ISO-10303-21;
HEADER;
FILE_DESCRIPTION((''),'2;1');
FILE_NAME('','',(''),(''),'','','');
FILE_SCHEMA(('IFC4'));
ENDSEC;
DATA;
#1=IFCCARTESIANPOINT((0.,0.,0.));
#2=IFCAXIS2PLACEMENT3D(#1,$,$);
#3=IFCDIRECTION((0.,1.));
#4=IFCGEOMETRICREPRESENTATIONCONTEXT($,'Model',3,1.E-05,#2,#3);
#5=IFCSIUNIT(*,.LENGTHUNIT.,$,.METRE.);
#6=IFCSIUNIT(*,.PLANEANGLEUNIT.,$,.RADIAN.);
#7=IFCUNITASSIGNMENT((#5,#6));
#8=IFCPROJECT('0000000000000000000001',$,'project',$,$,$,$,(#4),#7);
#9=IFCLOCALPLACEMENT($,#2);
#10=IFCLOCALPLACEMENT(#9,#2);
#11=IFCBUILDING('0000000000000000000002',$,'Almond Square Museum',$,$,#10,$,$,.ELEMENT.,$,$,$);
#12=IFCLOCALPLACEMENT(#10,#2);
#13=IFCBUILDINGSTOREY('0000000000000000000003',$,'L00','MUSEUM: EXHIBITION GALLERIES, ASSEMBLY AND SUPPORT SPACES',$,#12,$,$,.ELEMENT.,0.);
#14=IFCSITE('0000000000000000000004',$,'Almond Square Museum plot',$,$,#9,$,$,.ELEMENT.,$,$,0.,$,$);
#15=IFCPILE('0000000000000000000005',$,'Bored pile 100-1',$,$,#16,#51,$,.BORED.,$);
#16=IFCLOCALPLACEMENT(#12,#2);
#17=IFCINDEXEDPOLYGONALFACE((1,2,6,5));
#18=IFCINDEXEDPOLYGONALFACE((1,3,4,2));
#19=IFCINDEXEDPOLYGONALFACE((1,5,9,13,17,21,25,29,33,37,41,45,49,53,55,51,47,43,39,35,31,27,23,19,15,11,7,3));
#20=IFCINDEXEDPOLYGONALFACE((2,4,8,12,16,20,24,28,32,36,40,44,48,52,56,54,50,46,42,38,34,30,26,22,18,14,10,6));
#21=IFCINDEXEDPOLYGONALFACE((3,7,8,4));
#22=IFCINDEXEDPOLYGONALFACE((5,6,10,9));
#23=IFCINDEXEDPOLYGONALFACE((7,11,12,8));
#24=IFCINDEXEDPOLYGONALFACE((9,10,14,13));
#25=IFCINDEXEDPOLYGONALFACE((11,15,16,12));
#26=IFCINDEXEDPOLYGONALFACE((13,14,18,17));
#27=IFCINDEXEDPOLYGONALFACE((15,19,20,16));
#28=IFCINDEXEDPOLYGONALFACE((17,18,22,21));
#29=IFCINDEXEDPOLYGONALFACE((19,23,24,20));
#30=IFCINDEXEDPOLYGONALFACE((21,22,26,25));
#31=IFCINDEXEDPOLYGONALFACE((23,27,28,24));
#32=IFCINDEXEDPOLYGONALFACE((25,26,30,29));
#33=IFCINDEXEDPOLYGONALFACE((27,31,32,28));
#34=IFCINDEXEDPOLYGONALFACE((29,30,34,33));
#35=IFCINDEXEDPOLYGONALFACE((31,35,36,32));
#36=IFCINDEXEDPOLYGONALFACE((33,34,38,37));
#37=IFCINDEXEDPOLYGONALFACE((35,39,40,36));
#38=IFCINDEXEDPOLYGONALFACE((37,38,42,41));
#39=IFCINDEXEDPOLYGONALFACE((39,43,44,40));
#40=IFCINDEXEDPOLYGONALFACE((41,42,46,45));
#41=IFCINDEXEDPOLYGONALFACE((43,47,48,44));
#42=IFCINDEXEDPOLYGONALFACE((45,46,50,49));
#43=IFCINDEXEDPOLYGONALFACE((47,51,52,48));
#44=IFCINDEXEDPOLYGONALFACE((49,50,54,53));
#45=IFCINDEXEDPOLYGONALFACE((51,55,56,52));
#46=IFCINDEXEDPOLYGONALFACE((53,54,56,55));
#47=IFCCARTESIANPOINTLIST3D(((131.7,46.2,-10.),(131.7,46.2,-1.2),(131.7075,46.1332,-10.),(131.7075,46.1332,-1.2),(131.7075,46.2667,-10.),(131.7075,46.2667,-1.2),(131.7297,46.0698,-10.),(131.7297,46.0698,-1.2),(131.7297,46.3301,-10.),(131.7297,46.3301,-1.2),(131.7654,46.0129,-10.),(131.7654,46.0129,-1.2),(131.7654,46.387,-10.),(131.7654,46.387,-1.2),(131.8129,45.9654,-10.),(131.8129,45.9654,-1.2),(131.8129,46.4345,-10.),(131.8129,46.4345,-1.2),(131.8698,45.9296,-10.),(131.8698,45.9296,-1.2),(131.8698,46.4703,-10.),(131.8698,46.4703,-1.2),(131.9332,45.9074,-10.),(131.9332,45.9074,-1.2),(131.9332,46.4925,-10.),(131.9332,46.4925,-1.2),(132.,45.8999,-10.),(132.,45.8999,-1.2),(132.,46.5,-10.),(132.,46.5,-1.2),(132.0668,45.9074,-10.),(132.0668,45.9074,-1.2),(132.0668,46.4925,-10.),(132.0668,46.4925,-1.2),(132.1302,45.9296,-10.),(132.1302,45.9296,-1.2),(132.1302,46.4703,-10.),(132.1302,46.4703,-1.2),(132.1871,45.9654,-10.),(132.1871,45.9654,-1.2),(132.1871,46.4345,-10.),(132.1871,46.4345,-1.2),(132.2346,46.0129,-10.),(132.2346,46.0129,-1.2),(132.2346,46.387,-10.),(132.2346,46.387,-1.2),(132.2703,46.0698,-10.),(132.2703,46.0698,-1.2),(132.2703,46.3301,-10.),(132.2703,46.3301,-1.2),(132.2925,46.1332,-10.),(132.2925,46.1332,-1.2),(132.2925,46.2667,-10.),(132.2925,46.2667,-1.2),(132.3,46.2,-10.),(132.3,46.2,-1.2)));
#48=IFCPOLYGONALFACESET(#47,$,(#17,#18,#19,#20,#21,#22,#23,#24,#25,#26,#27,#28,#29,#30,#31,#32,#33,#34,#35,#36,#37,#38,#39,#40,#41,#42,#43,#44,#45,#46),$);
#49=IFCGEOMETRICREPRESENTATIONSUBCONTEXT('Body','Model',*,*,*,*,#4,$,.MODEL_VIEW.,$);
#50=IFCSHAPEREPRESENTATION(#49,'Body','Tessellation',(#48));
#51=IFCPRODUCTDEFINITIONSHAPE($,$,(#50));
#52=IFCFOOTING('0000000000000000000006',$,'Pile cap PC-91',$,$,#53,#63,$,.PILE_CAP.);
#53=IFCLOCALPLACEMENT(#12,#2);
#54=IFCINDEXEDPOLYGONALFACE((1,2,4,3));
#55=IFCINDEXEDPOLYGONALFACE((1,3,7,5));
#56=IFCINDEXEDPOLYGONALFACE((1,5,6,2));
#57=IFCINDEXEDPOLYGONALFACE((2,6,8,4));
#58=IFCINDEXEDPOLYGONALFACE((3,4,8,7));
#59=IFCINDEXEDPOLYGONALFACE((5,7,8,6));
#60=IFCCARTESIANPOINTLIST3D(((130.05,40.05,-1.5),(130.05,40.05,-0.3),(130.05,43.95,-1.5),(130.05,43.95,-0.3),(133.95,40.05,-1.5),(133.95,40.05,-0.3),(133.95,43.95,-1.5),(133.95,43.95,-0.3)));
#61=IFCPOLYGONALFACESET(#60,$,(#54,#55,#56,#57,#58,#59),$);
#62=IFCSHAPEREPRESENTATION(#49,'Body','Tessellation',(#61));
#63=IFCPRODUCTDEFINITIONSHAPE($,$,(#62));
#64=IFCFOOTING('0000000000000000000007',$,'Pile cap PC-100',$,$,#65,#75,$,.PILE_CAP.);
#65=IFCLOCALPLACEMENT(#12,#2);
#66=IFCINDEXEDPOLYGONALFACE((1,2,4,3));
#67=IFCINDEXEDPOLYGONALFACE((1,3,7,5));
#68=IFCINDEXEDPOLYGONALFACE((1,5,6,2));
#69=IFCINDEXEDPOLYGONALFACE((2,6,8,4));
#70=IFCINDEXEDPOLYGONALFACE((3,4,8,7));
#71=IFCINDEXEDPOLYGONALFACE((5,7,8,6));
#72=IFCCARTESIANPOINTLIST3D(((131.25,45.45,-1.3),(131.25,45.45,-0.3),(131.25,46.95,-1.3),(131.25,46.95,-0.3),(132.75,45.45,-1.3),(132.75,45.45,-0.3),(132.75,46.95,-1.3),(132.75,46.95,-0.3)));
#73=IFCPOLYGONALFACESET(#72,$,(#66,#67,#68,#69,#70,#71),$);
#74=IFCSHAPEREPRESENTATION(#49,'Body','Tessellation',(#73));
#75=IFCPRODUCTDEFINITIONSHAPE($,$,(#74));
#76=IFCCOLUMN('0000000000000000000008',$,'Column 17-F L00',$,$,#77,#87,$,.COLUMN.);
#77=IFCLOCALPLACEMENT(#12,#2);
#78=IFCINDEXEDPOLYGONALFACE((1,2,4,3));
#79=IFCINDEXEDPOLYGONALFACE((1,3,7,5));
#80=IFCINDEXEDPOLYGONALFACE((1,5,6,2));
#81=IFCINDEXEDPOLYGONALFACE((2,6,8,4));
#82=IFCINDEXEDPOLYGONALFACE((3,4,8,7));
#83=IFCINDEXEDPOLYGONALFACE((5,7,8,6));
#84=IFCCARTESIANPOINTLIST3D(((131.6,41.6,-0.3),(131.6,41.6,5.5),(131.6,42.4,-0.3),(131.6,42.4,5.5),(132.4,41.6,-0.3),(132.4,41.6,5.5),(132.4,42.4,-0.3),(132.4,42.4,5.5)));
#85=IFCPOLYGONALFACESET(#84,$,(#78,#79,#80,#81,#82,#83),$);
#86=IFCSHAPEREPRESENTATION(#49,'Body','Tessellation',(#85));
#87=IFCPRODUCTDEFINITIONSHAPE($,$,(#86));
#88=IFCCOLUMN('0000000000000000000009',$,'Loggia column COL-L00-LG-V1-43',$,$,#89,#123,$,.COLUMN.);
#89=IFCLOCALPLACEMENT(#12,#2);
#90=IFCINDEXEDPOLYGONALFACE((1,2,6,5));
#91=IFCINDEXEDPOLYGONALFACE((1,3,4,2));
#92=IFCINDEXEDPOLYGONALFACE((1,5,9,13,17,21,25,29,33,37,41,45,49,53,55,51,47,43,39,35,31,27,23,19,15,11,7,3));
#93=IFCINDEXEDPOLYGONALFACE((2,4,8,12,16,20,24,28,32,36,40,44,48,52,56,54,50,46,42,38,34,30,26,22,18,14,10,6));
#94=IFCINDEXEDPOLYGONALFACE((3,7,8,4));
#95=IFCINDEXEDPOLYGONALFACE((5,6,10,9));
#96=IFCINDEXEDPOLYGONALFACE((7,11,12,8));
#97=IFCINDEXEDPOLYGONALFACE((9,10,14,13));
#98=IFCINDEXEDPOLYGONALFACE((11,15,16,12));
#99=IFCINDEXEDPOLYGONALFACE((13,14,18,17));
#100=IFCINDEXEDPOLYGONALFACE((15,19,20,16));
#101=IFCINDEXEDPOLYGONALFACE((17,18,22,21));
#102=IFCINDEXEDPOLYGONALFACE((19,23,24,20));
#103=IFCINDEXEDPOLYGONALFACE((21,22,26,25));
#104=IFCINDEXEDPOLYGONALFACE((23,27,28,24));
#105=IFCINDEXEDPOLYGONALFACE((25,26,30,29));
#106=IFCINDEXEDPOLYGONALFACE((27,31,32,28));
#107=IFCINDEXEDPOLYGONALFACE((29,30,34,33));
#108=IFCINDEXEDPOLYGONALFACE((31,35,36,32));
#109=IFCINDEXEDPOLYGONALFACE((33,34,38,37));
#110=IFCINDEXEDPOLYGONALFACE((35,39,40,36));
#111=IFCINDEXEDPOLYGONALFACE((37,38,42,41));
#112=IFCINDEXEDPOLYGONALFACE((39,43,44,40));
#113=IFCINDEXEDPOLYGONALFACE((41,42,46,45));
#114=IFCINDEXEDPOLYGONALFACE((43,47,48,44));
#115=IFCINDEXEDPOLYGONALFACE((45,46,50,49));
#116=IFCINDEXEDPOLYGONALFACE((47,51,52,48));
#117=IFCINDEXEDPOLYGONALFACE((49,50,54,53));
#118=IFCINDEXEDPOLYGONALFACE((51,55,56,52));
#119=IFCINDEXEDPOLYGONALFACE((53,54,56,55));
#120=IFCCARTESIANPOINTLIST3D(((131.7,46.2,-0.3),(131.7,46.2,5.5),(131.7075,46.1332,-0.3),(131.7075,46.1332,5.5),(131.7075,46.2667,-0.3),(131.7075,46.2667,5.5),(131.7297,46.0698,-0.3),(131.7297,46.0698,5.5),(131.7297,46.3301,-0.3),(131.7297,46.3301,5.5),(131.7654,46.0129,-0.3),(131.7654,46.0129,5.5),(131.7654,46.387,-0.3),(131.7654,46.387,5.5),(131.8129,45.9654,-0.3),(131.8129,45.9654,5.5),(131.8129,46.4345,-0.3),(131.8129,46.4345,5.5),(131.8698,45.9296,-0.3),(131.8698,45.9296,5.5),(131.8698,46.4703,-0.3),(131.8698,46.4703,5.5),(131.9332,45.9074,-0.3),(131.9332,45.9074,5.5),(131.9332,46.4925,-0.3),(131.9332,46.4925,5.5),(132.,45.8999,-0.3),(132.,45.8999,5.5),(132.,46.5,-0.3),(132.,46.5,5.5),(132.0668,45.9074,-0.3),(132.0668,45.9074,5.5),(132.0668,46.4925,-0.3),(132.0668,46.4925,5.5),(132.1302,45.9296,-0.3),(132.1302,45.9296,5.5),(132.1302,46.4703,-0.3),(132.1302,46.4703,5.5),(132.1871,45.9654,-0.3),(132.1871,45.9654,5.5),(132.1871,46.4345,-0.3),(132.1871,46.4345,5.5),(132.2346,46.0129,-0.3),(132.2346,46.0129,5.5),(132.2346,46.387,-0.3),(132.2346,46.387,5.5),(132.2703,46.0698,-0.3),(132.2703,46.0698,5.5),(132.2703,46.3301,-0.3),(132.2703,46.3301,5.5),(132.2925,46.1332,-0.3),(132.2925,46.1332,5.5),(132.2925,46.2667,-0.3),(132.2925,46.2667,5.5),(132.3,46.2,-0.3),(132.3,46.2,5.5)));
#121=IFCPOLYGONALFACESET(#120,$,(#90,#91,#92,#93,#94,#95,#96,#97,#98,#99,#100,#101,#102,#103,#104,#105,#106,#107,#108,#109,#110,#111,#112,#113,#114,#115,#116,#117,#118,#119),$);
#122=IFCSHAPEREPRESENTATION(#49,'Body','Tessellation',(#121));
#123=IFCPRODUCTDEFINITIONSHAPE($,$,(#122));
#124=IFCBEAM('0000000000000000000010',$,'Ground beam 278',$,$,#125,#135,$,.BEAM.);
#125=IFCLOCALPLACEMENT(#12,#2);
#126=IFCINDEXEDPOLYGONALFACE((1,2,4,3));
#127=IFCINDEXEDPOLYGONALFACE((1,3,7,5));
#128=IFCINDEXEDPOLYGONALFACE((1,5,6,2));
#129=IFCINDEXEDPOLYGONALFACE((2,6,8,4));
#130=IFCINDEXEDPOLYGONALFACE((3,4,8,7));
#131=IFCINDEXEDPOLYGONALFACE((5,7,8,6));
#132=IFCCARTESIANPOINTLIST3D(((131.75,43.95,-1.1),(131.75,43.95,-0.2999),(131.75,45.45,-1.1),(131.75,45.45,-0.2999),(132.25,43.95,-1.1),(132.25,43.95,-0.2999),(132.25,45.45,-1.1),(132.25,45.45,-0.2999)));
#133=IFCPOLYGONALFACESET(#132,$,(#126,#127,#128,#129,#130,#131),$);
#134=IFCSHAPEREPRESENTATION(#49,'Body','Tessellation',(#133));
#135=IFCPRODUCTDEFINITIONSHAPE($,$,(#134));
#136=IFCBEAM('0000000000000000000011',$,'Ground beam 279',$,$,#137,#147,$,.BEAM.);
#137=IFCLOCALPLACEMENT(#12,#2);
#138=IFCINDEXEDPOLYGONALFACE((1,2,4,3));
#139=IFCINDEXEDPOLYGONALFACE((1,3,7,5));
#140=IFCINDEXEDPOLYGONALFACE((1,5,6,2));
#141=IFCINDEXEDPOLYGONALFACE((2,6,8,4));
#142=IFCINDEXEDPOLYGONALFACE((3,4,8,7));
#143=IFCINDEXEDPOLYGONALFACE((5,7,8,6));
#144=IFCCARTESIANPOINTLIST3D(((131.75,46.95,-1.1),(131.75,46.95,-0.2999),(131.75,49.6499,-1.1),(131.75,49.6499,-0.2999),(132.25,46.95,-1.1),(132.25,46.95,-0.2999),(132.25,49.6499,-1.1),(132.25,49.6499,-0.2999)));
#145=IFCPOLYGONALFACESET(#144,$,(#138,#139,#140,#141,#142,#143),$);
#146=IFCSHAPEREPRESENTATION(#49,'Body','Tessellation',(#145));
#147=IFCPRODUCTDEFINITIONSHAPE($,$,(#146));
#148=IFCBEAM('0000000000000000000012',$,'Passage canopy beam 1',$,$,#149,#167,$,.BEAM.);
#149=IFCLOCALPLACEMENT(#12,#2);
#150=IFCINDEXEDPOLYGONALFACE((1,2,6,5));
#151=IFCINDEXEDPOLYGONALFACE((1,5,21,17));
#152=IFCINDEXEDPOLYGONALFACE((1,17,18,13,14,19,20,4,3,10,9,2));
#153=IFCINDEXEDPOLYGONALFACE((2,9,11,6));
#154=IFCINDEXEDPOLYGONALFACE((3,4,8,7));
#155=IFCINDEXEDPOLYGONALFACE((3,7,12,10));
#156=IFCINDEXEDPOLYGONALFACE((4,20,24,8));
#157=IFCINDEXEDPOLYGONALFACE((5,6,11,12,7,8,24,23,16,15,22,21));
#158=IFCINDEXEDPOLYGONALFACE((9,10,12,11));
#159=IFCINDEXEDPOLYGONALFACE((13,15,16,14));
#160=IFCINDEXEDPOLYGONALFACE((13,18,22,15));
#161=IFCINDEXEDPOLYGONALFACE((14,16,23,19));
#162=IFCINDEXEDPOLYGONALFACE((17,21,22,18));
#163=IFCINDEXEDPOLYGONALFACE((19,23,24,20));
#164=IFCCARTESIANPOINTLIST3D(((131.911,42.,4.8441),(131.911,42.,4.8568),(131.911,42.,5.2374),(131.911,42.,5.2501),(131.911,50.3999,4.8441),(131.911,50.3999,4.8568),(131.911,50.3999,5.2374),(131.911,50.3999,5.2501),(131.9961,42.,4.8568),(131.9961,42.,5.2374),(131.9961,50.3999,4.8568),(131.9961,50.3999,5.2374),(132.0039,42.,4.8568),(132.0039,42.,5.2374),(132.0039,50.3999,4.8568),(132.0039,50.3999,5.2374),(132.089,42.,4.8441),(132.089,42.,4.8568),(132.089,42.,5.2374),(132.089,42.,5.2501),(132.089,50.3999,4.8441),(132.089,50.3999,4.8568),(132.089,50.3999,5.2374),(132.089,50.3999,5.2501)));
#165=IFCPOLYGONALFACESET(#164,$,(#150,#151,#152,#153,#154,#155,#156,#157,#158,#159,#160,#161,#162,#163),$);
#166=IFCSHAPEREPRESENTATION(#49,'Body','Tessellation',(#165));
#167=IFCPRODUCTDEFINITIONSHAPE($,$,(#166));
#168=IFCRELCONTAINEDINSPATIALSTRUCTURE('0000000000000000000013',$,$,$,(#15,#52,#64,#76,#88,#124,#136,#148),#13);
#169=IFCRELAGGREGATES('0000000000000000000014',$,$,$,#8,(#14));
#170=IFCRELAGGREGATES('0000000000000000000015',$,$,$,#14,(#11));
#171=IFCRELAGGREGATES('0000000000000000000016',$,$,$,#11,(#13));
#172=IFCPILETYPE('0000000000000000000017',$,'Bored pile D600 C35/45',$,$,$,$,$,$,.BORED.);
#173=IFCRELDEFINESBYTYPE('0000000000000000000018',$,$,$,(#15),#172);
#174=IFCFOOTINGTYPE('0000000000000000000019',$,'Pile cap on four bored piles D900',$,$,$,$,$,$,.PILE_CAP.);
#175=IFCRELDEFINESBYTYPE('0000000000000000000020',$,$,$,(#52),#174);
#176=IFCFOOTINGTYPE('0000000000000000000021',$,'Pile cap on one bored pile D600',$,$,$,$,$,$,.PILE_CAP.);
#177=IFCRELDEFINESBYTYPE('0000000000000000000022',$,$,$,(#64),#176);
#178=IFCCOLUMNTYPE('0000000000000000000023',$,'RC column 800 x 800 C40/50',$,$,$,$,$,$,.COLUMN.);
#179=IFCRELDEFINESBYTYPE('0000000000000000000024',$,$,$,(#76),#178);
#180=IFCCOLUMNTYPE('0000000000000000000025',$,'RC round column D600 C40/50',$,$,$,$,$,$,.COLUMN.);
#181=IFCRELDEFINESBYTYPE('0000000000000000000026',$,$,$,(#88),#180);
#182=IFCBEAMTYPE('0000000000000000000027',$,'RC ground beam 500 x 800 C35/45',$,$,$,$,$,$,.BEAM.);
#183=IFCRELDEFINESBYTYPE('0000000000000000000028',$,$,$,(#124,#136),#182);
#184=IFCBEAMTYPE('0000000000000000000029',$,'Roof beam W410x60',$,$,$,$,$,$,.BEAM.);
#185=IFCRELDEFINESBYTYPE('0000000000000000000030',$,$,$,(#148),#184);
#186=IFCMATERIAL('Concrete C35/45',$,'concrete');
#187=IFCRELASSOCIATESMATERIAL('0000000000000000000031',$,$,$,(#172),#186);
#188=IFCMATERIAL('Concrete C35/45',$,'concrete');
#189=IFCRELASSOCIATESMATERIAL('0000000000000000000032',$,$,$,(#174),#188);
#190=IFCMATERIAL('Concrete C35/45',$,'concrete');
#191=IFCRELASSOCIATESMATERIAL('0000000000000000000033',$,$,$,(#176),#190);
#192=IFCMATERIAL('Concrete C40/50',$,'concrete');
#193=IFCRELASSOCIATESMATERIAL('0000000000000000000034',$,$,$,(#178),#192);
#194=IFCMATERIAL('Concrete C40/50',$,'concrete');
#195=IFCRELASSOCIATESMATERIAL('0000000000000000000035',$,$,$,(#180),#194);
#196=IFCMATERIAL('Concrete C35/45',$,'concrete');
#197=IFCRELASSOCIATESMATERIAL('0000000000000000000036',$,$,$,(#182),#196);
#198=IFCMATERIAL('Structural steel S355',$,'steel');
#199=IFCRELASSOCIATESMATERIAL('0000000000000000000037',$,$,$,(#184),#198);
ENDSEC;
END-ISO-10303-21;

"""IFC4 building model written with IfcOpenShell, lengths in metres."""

from ifc_helpers import new_model, si_unit, direction, frame, origin, origin_2d, place, context, subcontext, project, spatial, rectangle, circle, i_section, extrude, material, material_profile, profile_set, type_object, element, save


model = new_model("IFC4")

# Units and contexts
model_context = context("Model", 3, precision=1e-05, world=origin(), true_north=direction((0.0, 1.0)))
body_context = subcontext(model_context, "Body", "Model", "MODEL_VIEW")
ifc_project = project(units=[si_unit("LENGTHUNIT", "METRE"), si_unit("PLANEANGLEUNIT", "RADIAN")], contexts=[model_context])

# Site, building, storey
site_placement = place(None, origin())
site = spatial("IfcSite", under=ifc_project, at=site_placement, Name="Almond Square Museum plot", CompositionType="ELEMENT", RefElevation=0.0)
building_placement = place(site_placement, origin())
building = spatial("IfcBuilding", under=site, at=building_placement, Name="Almond Square Museum", CompositionType="ELEMENT")
storey_placement = place(building_placement, origin())
storey = spatial("IfcBuildingStorey", under=building, at=storey_placement, Name="L00", Description="MUSEUM: EXHIBITION GALLERIES, ASSEMBLY AND SUPPORT SPACES", CompositionType="ELEMENT", Elevation=0.0)

# Pile
ifc_material_1 = material(Name="Concrete C35/45", Category="concrete")
ifc_material_profile_1 = material_profile(ifc_material_1, circle(Radius=0.3, at=origin_2d()))
ifc_profile_set_1 = profile_set([ifc_material_profile_1], Name="Concrete C35/45")
pile_type = type_object("IfcPileType", Name="Bored pile D600 C35/45", PredefinedType="BORED", material=ifc_profile_set_1)
pile_placement = place(storey_placement, frame((132.0, 46.2, -1.2), z_axis=(0.0, 0.0, -1.0), x_axis=(1.0, 0.0, 0.0)))
element("IfcPile", 1, at=pile_placement, inside=storey, type_object=pile_type, Name="Bored pile 100-1", PredefinedType="BORED", context=body_context, shape_type="SweptSolid", body=[
    extrude(circle(Radius=0.3, at=origin_2d()), origin(), (0.0, 0.0, 1.0), 8.8),
])

# Footings
ifc_material_2 = material(Name="Concrete C35/45", Category="concrete")
footing_type_1 = type_object("IfcFootingType", Name="Pile cap on four bored piles D900", PredefinedType="PILE_CAP", material=ifc_material_2)
footing_1_placement = place(storey_placement, frame((132.0, 42.0, -1.5), z_axis=(0.0, 0.0, 1.0), x_axis=(1.0, 0.0, 0.0)))
element("IfcFooting", 2, at=footing_1_placement, inside=storey, type_object=footing_type_1, Name="Pile cap PC-91", PredefinedType="PILE_CAP", context=body_context, shape_type="SweptSolid", body=[
    extrude(rectangle(XDim=3.8999, YDim=3.8999, at=origin_2d()), origin(), (0.0, 0.0, 1.0), 1.2),
])
ifc_material_3 = material(Name="Concrete C35/45", Category="concrete")
footing_type_2 = type_object("IfcFootingType", Name="Pile cap on one bored pile D600", PredefinedType="PILE_CAP", material=ifc_material_3)
footing_2_placement = place(storey_placement, frame((132.0, 46.2, -1.3), z_axis=(0.0, 0.0, 1.0), x_axis=(1.0, 0.0, 0.0)))
element("IfcFooting", 3, at=footing_2_placement, inside=storey, type_object=footing_type_2, Name="Pile cap PC-100", PredefinedType="PILE_CAP", context=body_context, shape_type="SweptSolid", body=[
    extrude(rectangle(XDim=1.5, YDim=1.5, at=origin_2d()), origin(), (0.0, 0.0, 1.0), 1.0),
])

# Columns
ifc_material_4 = material(Name="Concrete C40/50", Category="concrete")
ifc_material_profile_2 = material_profile(ifc_material_4, rectangle(XDim=0.8, YDim=0.8, at=origin_2d()))
ifc_profile_set_2 = profile_set([ifc_material_profile_2], Name="Concrete C40/50")
column_type_1 = type_object("IfcColumnType", Name="RC column 800 x 800 C40/50", PredefinedType="COLUMN", material=ifc_profile_set_2)
column_1_placement = place(storey_placement, frame((132.0, 42.0, -0.3), z_axis=(0.0, 0.0, 1.0), x_axis=(1.0, 0.0, 0.0)))
element("IfcColumn", 4, at=column_1_placement, inside=storey, type_object=column_type_1, Name="Column 17-F L00", PredefinedType="COLUMN", context=body_context, shape_type="SweptSolid", body=[
    extrude(rectangle(XDim=0.8, YDim=0.8, at=origin_2d()), origin(), (0.0, 0.0, 1.0), 5.8),
])
ifc_material_5 = material(Name="Concrete C40/50", Category="concrete")
ifc_material_profile_3 = material_profile(ifc_material_5, circle(Radius=0.3, at=origin_2d()))
ifc_profile_set_3 = profile_set([ifc_material_profile_3], Name="Concrete C40/50")
column_type_2 = type_object("IfcColumnType", Name="RC round column D600 C40/50", PredefinedType="COLUMN", material=ifc_profile_set_3)
column_2_placement = place(storey_placement, frame((132.0, 46.2, -0.3), z_axis=(0.0, 0.0, 1.0), x_axis=(1.0, 0.0, 0.0)))
element("IfcColumn", 5, at=column_2_placement, inside=storey, type_object=column_type_2, Name="Loggia column COL-L00-LG-V1-43", PredefinedType="COLUMN", context=body_context, shape_type="SweptSolid", body=[
    extrude(circle(Radius=0.3, at=origin_2d()), origin(), (0.0, 0.0, 1.0), 5.8),
])

# Beams
ifc_material_6 = material(Name="Concrete C35/45", Category="concrete")
ifc_material_profile_4 = material_profile(ifc_material_6, rectangle(XDim=0.5, YDim=0.8, at=origin_2d()))
ifc_profile_set_4 = profile_set([ifc_material_profile_4], Name="Concrete C35/45")
beam_type_1 = type_object("IfcBeamType", Name="RC ground beam 500 x 800 C35/45", PredefinedType="BEAM", material=ifc_profile_set_4)
beam_1_placement = place(storey_placement, frame((132.0, 43.95, -0.7), z_axis=(0.0, 1.0, 0.0), x_axis=(-1.0, 0.0, 0.0)))
element("IfcBeam", 6, at=beam_1_placement, inside=storey, type_object=beam_type_1, Name="Ground beam 278", PredefinedType="BEAM", context=body_context, shape_type="SweptSolid", body=[
    extrude(rectangle(XDim=0.5, YDim=0.8, at=origin_2d()), origin(), (0.0, 0.0, 1.0), 1.5),
])
beam_2_placement = place(storey_placement, frame((132.0, 46.95, -0.7), z_axis=(0.0, 1.0, 0.0), x_axis=(-1.0, 0.0, 0.0)))
element("IfcBeam", 7, at=beam_2_placement, inside=storey, type_object=beam_type_1, Name="Ground beam 279", PredefinedType="BEAM", context=body_context, shape_type="SweptSolid", body=[
    extrude(rectangle(XDim=0.5, YDim=0.8, at=origin_2d()), origin(), (0.0, 0.0, 1.0), 2.7),
])
ifc_material_7 = material(Name="Structural steel S355", Category="steel")
ifc_material_profile_5 = material_profile(ifc_material_7, i_section(OverallWidth=0.178, OverallDepth=0.406, WebThickness=0.0078, FlangeThickness=0.0127, at=origin_2d()))
ifc_profile_set_5 = profile_set([ifc_material_profile_5], Name="Structural steel S355")
beam_type_2 = type_object("IfcBeamType", Name="Roof beam W410x60", PredefinedType="BEAM", material=ifc_profile_set_5)
beam_3_placement = place(storey_placement, frame((132.0, 42.0, 5.0471), z_axis=(0.0, 1.0, 0.0), x_axis=(-1.0, 0.0, 0.0)))
element("IfcBeam", 8, at=beam_3_placement, inside=storey, type_object=beam_type_2, Name="Passage canopy beam 1", PredefinedType="BEAM", context=body_context, shape_type="SweptSolid", body=[
    extrude(i_section(OverallWidth=0.178, OverallDepth=0.406, WebThickness=0.0078, FlangeThickness=0.0127, at=origin_2d()), origin(), (0.0, 0.0, 1.0), 8.3999),
])

save(model, "model.ifc")
